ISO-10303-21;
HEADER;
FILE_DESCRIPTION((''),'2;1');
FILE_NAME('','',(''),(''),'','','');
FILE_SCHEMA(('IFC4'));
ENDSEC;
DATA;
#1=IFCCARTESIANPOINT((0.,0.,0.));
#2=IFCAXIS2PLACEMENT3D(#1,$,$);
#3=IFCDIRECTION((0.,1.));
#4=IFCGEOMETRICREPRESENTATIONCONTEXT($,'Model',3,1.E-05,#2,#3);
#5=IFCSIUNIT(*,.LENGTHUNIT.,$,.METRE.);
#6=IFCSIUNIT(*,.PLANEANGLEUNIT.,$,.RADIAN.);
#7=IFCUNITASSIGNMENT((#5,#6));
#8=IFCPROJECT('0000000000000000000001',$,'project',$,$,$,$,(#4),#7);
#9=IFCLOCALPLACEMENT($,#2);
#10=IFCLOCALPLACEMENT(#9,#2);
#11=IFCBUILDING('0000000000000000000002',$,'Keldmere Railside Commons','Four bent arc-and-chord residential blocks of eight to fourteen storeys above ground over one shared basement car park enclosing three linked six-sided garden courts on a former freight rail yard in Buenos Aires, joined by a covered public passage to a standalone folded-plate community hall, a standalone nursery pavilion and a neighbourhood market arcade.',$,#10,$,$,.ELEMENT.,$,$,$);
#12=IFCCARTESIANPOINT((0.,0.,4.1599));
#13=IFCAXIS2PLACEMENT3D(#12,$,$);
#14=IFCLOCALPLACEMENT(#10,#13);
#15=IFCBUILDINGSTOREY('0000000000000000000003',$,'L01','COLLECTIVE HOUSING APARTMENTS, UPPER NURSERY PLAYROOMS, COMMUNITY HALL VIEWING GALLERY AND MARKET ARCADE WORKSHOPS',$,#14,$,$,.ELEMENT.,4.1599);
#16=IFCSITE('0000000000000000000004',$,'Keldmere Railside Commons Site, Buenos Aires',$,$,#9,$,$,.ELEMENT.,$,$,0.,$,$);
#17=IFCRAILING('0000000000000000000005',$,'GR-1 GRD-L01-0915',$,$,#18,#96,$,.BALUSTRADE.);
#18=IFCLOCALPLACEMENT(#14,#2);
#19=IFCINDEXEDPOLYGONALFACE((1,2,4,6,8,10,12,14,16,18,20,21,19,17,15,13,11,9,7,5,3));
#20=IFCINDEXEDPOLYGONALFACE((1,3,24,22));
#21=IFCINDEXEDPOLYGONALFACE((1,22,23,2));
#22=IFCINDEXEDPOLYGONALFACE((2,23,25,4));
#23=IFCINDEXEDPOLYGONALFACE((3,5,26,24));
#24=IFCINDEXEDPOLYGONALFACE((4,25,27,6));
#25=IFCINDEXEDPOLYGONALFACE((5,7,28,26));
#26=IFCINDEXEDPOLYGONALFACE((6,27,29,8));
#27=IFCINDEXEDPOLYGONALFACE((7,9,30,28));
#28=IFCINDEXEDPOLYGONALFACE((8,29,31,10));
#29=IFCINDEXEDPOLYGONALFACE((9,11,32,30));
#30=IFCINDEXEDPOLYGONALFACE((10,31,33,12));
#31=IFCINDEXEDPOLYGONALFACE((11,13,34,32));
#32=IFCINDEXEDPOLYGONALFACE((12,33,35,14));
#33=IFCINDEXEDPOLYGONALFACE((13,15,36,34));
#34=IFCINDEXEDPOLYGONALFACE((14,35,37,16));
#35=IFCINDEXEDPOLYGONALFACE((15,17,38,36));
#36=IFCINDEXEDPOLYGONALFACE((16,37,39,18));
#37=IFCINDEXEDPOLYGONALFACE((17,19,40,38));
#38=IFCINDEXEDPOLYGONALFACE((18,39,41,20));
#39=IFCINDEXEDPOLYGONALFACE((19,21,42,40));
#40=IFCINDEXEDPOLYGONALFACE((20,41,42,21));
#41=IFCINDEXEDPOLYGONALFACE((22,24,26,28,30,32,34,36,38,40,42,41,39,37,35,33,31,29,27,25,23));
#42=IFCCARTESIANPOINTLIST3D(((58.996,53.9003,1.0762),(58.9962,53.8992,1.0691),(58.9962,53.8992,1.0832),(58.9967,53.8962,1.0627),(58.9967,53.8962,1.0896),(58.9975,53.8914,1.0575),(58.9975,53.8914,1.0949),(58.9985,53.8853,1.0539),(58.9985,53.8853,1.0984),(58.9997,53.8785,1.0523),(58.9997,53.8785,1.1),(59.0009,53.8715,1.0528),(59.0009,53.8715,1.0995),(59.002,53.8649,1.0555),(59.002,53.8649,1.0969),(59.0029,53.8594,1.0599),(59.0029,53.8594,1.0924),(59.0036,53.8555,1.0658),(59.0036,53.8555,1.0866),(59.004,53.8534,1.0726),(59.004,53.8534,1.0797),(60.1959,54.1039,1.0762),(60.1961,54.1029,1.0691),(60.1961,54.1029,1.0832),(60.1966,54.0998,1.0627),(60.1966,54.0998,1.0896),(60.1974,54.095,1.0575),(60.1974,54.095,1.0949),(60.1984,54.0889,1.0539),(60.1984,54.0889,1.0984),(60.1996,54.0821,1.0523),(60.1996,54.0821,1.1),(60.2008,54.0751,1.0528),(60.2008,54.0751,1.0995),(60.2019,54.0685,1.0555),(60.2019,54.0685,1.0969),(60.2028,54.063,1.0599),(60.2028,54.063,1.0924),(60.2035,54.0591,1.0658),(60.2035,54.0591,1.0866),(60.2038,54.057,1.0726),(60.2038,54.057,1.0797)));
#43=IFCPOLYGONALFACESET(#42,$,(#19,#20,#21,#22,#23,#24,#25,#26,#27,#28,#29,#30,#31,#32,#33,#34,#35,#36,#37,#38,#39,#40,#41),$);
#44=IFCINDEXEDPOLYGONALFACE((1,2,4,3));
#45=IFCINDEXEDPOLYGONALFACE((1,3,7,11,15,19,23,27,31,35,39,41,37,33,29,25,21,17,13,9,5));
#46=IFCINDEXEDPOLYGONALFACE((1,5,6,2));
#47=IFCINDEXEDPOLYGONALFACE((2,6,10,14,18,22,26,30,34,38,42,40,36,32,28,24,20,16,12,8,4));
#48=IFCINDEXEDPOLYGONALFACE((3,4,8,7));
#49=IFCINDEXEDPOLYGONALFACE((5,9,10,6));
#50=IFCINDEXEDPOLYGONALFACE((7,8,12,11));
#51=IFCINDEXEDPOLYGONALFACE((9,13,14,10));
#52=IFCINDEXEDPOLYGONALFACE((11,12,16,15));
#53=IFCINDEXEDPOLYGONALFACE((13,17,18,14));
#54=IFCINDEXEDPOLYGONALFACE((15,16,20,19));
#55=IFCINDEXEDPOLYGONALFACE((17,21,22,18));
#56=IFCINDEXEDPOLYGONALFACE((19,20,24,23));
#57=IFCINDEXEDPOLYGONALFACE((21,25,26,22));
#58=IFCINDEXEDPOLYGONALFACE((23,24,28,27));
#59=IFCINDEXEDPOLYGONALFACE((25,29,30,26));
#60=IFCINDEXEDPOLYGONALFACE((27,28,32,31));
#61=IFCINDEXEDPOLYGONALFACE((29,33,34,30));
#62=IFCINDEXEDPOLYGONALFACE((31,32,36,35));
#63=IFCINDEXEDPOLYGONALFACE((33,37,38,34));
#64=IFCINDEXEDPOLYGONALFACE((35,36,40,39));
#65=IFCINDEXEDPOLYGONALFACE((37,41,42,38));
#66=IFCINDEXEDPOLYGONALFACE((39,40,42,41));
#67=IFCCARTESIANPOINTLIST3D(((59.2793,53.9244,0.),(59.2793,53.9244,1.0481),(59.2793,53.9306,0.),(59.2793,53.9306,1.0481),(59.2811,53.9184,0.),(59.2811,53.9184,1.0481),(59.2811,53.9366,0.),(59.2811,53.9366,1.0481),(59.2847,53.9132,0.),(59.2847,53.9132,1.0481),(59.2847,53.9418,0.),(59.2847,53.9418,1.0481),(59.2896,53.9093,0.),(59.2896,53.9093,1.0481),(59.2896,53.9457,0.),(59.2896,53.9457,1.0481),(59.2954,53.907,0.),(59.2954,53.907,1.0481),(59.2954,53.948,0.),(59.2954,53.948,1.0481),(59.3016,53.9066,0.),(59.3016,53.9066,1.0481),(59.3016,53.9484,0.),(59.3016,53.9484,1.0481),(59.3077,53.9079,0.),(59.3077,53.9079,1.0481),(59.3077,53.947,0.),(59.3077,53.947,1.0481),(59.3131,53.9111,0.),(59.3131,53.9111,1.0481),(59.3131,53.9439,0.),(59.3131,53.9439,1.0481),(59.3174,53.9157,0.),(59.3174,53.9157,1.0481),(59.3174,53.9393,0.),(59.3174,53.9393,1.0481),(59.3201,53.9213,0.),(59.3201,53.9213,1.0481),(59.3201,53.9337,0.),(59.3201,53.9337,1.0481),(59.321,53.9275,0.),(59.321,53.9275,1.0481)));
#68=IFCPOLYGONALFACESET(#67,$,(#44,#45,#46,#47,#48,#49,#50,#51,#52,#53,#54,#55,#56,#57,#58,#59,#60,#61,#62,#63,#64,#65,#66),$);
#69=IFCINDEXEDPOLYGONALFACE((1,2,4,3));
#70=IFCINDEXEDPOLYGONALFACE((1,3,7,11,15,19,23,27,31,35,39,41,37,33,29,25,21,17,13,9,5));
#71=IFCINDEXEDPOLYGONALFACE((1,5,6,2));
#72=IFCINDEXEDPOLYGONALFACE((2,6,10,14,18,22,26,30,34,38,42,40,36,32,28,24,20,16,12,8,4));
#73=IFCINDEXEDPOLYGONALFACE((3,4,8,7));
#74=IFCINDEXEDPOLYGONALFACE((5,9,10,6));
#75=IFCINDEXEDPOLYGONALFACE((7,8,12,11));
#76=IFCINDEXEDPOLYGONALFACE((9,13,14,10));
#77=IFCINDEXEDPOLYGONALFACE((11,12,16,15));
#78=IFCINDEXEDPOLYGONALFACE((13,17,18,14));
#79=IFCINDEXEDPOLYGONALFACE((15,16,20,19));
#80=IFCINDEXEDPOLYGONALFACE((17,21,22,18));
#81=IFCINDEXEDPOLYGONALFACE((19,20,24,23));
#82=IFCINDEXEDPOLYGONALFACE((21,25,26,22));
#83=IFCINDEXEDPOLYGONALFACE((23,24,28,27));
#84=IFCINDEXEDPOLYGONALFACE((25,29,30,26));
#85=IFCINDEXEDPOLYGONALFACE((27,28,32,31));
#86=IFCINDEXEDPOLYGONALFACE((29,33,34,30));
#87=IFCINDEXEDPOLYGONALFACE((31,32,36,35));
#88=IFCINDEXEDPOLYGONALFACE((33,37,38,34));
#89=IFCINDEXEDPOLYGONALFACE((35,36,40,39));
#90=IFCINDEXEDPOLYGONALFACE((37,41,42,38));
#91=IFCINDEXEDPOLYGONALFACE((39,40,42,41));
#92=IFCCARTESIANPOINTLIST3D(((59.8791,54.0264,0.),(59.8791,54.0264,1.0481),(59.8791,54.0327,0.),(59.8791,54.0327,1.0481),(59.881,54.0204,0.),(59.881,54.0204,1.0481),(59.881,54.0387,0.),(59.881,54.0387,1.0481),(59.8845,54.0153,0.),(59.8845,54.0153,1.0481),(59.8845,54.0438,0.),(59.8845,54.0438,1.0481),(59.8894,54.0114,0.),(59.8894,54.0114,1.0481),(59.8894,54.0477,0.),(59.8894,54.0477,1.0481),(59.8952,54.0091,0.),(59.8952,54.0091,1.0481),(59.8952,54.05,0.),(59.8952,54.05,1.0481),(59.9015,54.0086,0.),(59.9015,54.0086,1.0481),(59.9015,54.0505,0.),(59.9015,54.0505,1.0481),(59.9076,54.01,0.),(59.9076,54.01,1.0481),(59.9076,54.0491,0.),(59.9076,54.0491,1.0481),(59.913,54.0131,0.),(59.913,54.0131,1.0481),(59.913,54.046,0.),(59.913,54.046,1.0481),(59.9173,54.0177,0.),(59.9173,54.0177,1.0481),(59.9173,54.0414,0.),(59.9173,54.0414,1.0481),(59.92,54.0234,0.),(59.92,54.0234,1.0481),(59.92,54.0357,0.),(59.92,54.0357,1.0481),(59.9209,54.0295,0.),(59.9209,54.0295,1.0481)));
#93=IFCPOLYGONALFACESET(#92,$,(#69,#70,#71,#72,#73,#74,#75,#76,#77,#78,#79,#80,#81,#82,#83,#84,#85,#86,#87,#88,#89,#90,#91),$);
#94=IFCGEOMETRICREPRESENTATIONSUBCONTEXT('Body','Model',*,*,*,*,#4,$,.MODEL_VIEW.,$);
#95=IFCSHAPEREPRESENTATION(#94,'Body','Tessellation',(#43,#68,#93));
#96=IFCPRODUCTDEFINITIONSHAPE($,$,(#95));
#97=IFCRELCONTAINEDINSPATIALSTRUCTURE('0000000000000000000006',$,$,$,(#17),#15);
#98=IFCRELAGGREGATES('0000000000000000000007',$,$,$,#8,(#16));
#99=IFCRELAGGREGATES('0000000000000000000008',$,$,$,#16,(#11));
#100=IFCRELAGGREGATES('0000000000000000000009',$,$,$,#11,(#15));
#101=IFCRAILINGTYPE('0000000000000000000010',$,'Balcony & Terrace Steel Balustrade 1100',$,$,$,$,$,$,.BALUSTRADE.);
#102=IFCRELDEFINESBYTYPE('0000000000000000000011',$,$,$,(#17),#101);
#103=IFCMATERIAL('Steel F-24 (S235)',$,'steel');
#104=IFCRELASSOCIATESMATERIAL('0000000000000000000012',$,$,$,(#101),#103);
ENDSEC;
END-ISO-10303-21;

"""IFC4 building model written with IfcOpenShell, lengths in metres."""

from ifc_helpers import new_model, si_unit, direction, frame, origin, origin_2d, place, context, subcontext, project, spatial, circle, extrude, material, type_object, element, save


model = new_model("IFC4")

# Units and contexts
model_context = context("Model", 3, precision=1e-05, world=origin(), true_north=direction((0.0, 1.0)))
body_context = subcontext(model_context, "Body", "Model", "MODEL_VIEW")
ifc_project = project(units=[si_unit("LENGTHUNIT", "METRE"), si_unit("PLANEANGLEUNIT", "RADIAN")], contexts=[model_context])

# Site, building, storey
site_placement = place(None, origin())
site = spatial("IfcSite", under=ifc_project, at=site_placement, Name="Keldmere Railside Commons Site, Buenos Aires", CompositionType="ELEMENT", RefElevation=0.0)
building_placement = place(site_placement, origin())
building = spatial("IfcBuilding", under=site, at=building_placement, Name="Keldmere Railside Commons", Description="Four bent arc-and-chord residential blocks of eight to fourteen storeys above ground over one shared basement car park enclosing three linked six-sided garden courts on a former freight rail yard in Buenos Aires, joined by a covered public passage to a standalone folded-plate community hall, a standalone nursery pavilion and a neighbourhood market arcade.", CompositionType="ELEMENT")
storey_placement = place(building_placement, frame((0.0, 0.0, 4.1599)))
storey = spatial("IfcBuildingStorey", under=building, at=storey_placement, Name="L01", Description="COLLECTIVE HOUSING APARTMENTS, UPPER NURSERY PLAYROOMS, COMMUNITY HALL VIEWING GALLERY AND MARKET ARCADE WORKSHOPS", CompositionType="ELEMENT", Elevation=4.1599)

# Shared definitions
ifc_material_1 = material(Name="Steel F-24 (S235)", Category="steel")

# Railing
railing_type = type_object("IfcRailingType", Name="Balcony & Terrace Steel Balustrade 1100", PredefinedType="BALUSTRADE", material=ifc_material_1)
railing_1_placement = place(storey_placement, frame((59.0, 53.8767, 0.0)))
element("IfcRailing", 1, at=railing_1_placement, inside=storey, type_object=railing_type, Name="GR-1 GRD-L01-0915", PredefinedType="BALUSTRADE", context=body_context, shape_type="SweptSolid", body=[
    extrude(circle(Radius=0.0239, at=origin_2d()), frame((0.0, 0.0, 1.0762), z_axis=(0.985907, 0.167293, 0.0), x_axis=(-0.167293, 0.985907, 0.0)), (0.0, 0.0, 1.0), 1.217),
    extrude(circle(Radius=0.021, at=origin_2d()), frame((0.3, 0.0508, 0.0)), (0.0, 0.0, 1.0), 1.0481),
    extrude(circle(Radius=0.021, at=origin_2d()), frame((0.8999, 0.1528, 0.0)), (0.0, 0.0, 1.0), 1.0481),
])

save(model, "model.ifc")
